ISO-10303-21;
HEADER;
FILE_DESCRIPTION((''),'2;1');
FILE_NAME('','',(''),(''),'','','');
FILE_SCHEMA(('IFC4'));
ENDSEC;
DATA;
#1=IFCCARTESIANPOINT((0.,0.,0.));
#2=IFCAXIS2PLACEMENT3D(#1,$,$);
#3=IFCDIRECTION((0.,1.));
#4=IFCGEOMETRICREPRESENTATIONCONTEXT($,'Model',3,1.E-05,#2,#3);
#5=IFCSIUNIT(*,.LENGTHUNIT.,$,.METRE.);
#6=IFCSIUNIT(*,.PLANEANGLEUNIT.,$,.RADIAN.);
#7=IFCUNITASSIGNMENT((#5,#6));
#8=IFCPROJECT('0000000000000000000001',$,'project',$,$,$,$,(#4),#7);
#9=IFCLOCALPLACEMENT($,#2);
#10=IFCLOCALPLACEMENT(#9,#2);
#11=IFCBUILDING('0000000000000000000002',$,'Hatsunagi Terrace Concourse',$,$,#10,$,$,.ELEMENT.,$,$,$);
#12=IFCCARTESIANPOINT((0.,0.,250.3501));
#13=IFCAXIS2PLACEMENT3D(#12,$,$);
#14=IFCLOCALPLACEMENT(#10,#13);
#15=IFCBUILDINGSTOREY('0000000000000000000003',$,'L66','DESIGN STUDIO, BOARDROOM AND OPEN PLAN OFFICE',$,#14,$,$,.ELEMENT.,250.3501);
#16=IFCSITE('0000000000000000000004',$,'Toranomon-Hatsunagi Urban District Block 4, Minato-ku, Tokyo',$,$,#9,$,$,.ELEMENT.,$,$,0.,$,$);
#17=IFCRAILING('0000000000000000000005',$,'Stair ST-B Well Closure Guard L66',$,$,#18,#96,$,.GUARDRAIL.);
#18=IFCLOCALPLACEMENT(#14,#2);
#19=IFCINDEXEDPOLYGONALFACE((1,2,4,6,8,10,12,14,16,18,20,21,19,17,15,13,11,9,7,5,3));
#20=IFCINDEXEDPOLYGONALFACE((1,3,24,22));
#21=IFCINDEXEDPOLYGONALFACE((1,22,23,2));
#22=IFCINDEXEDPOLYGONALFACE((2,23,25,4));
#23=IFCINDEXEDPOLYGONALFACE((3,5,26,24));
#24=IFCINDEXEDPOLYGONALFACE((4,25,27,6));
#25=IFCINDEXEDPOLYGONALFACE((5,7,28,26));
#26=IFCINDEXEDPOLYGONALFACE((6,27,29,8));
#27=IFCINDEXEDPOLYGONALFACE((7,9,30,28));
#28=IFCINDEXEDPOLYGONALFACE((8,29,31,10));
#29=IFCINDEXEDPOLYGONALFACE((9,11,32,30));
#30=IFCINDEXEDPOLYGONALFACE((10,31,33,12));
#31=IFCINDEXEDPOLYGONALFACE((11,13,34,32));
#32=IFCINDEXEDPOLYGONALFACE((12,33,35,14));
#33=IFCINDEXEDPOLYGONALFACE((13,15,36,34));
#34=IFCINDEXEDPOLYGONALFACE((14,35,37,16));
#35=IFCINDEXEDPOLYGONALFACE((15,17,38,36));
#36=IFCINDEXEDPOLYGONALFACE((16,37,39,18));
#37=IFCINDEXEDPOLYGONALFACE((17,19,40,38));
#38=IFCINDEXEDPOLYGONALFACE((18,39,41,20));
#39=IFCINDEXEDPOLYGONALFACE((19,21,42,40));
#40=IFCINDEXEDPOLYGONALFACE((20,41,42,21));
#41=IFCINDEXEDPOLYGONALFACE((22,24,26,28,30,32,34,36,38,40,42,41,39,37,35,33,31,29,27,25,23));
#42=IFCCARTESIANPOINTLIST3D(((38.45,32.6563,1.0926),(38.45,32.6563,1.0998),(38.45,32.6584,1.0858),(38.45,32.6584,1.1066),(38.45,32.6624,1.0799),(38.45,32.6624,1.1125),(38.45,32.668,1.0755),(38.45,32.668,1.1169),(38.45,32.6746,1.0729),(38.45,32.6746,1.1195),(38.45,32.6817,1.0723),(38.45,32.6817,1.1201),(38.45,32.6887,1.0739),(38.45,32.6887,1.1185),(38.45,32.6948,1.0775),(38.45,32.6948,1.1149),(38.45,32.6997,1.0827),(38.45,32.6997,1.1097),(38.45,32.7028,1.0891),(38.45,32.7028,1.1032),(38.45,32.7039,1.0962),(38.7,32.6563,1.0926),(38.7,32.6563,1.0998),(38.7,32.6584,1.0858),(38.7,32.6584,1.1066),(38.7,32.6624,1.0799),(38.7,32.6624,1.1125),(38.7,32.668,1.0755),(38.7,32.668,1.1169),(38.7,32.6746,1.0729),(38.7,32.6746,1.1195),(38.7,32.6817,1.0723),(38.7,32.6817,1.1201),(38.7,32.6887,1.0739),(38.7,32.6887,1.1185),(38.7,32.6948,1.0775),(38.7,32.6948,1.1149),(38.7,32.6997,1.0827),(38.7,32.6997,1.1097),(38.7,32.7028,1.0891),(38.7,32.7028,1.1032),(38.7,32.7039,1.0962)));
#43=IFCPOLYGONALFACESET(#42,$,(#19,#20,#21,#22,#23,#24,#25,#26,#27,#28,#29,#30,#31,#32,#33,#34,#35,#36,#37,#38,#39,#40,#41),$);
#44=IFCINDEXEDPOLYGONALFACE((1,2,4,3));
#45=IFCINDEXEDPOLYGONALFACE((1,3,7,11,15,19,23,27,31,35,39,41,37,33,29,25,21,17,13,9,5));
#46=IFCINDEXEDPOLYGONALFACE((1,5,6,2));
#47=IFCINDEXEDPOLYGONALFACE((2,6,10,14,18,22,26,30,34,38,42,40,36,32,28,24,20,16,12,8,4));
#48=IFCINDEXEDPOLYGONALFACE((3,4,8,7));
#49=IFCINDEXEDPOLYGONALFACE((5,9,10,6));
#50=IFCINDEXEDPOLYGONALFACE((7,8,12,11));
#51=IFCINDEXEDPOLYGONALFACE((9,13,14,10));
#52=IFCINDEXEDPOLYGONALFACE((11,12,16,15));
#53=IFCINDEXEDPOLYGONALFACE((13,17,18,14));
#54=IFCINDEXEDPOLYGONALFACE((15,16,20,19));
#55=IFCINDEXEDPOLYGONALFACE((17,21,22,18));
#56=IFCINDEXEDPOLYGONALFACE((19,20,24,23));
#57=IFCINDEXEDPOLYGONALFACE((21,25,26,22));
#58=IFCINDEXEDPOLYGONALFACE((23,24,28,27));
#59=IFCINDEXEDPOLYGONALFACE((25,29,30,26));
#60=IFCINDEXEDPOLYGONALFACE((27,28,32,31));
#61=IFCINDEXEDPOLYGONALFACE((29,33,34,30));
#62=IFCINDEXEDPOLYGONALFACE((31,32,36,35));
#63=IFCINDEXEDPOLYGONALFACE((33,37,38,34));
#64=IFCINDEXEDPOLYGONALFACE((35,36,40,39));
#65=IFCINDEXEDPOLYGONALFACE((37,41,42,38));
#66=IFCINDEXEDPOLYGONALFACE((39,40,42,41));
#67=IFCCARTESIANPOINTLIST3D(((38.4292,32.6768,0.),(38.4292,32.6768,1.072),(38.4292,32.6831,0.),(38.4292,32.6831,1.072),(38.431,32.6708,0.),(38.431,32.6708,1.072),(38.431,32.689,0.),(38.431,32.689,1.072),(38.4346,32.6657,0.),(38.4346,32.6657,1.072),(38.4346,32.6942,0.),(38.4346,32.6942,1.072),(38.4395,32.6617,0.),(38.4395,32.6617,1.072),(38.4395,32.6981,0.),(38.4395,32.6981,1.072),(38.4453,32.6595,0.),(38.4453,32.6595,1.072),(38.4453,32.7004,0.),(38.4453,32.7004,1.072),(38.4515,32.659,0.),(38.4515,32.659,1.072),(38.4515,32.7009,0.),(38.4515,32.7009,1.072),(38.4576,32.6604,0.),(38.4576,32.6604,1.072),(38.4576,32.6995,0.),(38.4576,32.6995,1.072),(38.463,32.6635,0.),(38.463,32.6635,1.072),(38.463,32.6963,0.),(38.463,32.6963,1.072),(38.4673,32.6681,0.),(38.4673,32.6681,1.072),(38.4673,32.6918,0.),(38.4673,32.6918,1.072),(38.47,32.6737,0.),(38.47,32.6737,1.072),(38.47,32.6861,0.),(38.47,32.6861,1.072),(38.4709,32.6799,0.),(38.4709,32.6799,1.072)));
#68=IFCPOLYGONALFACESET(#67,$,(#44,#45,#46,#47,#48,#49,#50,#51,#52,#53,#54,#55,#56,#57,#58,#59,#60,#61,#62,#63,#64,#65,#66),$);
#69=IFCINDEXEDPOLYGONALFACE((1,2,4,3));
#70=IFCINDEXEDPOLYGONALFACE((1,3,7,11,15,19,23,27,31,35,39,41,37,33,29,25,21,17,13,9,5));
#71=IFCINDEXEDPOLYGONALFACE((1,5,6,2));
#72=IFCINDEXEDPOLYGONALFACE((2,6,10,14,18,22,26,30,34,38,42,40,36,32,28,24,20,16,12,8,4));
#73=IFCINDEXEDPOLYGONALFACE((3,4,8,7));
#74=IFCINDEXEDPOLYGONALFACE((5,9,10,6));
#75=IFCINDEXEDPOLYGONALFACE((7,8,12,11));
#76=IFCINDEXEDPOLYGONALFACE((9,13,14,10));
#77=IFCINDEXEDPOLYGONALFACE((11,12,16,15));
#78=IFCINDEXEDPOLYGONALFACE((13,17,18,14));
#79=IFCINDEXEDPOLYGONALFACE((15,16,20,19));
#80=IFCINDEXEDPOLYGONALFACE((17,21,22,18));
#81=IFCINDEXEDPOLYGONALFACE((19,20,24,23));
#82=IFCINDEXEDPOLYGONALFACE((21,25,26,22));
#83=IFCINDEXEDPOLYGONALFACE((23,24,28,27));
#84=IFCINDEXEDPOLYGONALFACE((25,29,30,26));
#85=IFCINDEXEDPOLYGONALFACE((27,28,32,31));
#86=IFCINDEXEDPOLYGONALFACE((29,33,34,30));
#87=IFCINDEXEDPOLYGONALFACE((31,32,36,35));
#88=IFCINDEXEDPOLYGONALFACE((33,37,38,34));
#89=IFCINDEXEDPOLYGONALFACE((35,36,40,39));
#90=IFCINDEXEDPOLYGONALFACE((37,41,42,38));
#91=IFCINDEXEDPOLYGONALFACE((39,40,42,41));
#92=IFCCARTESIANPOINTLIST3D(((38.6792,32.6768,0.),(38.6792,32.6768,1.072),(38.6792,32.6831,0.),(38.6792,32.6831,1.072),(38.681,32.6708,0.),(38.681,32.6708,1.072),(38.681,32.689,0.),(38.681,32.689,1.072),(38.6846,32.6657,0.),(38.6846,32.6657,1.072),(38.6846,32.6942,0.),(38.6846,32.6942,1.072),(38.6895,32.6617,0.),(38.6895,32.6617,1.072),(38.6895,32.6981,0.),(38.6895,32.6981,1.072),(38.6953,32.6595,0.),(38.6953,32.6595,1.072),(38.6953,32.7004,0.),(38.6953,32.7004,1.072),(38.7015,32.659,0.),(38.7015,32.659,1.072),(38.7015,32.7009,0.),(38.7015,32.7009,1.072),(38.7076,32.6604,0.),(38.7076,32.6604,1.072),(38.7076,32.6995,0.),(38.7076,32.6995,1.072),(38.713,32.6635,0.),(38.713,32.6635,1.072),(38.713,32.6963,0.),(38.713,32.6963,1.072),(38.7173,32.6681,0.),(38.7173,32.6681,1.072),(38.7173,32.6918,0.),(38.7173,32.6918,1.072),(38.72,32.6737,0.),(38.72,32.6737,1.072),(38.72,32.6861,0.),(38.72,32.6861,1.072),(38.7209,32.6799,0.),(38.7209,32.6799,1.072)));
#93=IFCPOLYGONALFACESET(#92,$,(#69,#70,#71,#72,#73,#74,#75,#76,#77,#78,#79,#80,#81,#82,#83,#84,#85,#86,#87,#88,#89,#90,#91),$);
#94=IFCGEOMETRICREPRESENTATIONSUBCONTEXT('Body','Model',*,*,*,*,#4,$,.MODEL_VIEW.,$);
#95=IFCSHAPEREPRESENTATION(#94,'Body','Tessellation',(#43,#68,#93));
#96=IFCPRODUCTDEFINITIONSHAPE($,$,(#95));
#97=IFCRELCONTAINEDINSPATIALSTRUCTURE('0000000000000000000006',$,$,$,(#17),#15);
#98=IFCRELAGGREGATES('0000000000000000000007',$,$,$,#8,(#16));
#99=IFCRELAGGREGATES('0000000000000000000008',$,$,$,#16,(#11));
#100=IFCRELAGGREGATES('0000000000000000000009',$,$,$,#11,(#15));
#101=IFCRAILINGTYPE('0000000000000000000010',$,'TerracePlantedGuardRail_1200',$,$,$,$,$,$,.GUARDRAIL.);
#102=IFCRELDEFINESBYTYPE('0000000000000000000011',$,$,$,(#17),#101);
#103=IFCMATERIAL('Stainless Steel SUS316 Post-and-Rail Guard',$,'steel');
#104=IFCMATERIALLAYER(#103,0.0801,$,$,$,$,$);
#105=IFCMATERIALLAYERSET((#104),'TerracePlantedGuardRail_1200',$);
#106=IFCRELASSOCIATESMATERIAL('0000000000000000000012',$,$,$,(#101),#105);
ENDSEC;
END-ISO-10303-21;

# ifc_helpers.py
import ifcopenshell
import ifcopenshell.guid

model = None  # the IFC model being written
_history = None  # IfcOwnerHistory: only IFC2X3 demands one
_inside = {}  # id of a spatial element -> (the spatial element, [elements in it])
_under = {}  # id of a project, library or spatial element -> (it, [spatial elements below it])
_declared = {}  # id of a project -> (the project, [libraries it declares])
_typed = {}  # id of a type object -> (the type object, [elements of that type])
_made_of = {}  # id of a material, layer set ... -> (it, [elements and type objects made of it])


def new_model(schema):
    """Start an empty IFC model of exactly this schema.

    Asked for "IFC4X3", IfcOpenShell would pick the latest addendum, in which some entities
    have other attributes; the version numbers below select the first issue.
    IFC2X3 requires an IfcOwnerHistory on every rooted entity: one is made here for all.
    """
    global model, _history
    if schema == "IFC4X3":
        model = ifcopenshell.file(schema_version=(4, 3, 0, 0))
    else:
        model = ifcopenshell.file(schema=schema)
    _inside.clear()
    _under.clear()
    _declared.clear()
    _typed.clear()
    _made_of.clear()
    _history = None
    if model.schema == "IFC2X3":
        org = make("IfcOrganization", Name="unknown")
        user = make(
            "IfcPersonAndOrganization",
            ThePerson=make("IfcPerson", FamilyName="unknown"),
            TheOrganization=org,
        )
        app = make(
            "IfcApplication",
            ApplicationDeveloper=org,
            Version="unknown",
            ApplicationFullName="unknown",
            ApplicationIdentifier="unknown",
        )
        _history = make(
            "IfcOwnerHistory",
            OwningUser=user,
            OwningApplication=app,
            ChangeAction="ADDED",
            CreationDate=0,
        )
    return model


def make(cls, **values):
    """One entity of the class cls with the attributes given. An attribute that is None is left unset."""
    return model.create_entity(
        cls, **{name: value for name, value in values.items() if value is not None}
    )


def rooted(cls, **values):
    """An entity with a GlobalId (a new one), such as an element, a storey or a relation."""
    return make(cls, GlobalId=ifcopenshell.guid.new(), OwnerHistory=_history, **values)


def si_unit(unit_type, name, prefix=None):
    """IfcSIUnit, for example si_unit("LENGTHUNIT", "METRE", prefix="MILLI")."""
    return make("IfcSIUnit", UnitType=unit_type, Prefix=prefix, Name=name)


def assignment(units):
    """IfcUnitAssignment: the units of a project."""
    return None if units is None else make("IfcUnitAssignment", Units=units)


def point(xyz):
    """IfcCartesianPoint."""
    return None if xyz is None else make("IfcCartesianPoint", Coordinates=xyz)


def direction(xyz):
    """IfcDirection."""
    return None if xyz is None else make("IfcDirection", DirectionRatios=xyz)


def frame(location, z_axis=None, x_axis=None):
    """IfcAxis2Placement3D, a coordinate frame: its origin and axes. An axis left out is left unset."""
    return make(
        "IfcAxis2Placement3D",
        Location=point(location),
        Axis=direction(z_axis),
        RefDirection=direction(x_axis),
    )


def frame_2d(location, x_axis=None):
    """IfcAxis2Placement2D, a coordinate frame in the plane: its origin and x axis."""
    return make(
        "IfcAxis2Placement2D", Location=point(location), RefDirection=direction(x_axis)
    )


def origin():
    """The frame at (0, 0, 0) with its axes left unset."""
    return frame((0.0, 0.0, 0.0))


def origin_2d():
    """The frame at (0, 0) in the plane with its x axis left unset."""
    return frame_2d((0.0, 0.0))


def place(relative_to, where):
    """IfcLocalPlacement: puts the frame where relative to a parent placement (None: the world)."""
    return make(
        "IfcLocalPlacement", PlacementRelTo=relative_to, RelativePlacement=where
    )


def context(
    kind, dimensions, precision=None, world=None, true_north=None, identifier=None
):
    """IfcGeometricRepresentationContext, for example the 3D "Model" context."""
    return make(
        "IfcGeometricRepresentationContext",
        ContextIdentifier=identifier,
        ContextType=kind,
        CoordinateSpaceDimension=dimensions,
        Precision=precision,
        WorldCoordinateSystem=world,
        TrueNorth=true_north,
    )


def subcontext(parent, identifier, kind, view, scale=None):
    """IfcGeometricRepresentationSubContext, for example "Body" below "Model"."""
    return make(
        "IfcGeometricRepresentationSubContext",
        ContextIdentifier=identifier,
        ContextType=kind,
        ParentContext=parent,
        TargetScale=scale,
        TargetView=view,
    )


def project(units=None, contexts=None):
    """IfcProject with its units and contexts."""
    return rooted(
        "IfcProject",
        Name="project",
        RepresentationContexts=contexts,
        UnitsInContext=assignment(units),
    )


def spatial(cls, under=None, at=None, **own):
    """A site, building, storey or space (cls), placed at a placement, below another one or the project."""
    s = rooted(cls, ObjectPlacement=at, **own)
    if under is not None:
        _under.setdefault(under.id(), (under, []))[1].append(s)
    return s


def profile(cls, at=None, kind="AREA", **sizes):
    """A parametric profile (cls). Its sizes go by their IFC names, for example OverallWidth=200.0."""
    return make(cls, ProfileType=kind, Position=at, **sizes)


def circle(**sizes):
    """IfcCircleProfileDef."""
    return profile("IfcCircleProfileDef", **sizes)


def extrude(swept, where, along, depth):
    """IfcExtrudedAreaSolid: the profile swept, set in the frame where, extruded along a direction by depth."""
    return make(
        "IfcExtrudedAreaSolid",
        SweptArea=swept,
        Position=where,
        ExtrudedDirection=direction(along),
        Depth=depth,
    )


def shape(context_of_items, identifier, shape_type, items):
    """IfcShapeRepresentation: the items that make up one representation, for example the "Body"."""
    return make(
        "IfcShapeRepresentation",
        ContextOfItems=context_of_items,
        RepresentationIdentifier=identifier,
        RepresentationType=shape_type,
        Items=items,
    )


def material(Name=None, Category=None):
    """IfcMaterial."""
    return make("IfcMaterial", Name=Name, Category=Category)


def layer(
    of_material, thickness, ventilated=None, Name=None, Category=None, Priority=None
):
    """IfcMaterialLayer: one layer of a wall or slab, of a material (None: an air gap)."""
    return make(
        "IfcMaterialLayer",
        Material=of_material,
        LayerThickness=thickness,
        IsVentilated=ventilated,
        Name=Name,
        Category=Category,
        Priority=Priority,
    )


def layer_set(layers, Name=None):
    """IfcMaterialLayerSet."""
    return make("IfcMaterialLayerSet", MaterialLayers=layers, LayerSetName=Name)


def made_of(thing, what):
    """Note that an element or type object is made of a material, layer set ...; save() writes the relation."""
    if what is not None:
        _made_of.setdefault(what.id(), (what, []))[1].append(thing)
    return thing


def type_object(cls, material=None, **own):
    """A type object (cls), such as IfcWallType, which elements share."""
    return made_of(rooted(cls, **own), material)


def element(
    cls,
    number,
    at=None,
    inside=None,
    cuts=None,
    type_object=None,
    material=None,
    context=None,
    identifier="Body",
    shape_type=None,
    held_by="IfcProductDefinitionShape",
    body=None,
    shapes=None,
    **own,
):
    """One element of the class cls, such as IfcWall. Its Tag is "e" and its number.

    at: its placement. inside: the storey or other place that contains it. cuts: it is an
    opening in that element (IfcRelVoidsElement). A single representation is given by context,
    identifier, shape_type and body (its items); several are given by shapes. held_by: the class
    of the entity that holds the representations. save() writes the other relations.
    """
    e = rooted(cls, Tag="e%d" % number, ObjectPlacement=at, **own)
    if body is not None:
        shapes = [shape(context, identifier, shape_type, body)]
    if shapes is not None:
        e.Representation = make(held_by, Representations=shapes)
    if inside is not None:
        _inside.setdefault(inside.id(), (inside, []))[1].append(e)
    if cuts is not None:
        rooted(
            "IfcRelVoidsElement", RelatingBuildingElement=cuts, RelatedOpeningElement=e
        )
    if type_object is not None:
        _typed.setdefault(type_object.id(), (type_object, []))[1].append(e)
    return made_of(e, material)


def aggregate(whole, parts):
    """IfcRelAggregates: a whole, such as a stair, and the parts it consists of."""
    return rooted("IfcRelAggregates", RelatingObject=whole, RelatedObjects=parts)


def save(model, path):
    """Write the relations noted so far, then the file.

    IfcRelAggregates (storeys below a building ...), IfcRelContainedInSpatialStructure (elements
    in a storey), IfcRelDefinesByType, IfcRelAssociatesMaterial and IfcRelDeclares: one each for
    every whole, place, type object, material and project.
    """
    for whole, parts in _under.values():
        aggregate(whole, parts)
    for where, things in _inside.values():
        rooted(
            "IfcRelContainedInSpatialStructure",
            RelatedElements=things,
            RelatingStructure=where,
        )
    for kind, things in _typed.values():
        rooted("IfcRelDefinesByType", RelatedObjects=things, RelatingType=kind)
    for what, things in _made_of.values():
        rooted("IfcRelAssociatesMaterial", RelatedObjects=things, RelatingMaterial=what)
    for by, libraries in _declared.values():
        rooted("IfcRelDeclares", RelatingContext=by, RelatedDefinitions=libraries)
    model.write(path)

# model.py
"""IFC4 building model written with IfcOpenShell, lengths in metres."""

from ifc_helpers import new_model, si_unit, direction, frame, origin, origin_2d, place, context, subcontext, project, spatial, circle, extrude, material, layer, layer_set, type_object, element, save


model = new_model("IFC4")

# Units and contexts
model_context = context("Model", 3, precision=1e-05, world=origin(), true_north=direction((0.0, 1.0)))
body_context = subcontext(model_context, "Body", "Model", "MODEL_VIEW")
ifc_project = project(units=[si_unit("LENGTHUNIT", "METRE"), si_unit("PLANEANGLEUNIT", "RADIAN")], contexts=[model_context])

# Site, building, storey
site_placement = place(None, origin())
site = spatial("IfcSite", under=ifc_project, at=site_placement, Name="Toranomon-Hatsunagi Urban District Block 4, Minato-ku, Tokyo", CompositionType="ELEMENT", RefElevation=0.0)
building_placement = place(site_placement, origin())
building = spatial("IfcBuilding", under=site, at=building_placement, Name="Hatsunagi Terrace Concourse", CompositionType="ELEMENT")
storey_placement = place(building_placement, frame((0.0, 0.0, 250.3501)))
storey = spatial("IfcBuildingStorey", under=building, at=storey_placement, Name="L66", Description="DESIGN STUDIO, BOARDROOM AND OPEN PLAN OFFICE", CompositionType="ELEMENT", Elevation=250.3501)

# Railing
ifc_material_1 = material(Name="Stainless Steel SUS316 Post-and-Rail Guard", Category="steel")
ifc_layer_1 = layer(ifc_material_1, 0.0801)
ifc_layer_set_1 = layer_set([ifc_layer_1], Name="TerracePlantedGuardRail_1200")
railing_type_1 = type_object("IfcRailingType", Name="TerracePlantedGuardRail_1200", PredefinedType="GUARDRAIL", material=ifc_layer_set_1)
railing_1_placement = place(storey_placement, frame((38.45, 32.6799, 0.0)))
element("IfcRailing", 1, at=railing_1_placement, inside=storey, type_object=railing_type_1, Name="Stair ST-B Well Closure Guard L66", PredefinedType="GUARDRAIL", context=body_context, shape_type="SweptSolid", body=[
    extrude(circle(Radius=0.0239, at=origin_2d()), frame((0.0, 0.0, 1.0962), z_axis=(1.0, 0.0, 0.0), x_axis=(0.0, 1.0, 0.0)), (0.0, 0.0, 1.0), 0.25),
    extrude(circle(Radius=0.021, at=origin_2d()), origin(), (0.0, 0.0, 1.0), 1.072),
    extrude(circle(Radius=0.021, at=origin_2d()), frame((0.25, 0.0, 0.0)), (0.0, 0.0, 1.0), 1.072),
])

save(model, "model.ifc")
